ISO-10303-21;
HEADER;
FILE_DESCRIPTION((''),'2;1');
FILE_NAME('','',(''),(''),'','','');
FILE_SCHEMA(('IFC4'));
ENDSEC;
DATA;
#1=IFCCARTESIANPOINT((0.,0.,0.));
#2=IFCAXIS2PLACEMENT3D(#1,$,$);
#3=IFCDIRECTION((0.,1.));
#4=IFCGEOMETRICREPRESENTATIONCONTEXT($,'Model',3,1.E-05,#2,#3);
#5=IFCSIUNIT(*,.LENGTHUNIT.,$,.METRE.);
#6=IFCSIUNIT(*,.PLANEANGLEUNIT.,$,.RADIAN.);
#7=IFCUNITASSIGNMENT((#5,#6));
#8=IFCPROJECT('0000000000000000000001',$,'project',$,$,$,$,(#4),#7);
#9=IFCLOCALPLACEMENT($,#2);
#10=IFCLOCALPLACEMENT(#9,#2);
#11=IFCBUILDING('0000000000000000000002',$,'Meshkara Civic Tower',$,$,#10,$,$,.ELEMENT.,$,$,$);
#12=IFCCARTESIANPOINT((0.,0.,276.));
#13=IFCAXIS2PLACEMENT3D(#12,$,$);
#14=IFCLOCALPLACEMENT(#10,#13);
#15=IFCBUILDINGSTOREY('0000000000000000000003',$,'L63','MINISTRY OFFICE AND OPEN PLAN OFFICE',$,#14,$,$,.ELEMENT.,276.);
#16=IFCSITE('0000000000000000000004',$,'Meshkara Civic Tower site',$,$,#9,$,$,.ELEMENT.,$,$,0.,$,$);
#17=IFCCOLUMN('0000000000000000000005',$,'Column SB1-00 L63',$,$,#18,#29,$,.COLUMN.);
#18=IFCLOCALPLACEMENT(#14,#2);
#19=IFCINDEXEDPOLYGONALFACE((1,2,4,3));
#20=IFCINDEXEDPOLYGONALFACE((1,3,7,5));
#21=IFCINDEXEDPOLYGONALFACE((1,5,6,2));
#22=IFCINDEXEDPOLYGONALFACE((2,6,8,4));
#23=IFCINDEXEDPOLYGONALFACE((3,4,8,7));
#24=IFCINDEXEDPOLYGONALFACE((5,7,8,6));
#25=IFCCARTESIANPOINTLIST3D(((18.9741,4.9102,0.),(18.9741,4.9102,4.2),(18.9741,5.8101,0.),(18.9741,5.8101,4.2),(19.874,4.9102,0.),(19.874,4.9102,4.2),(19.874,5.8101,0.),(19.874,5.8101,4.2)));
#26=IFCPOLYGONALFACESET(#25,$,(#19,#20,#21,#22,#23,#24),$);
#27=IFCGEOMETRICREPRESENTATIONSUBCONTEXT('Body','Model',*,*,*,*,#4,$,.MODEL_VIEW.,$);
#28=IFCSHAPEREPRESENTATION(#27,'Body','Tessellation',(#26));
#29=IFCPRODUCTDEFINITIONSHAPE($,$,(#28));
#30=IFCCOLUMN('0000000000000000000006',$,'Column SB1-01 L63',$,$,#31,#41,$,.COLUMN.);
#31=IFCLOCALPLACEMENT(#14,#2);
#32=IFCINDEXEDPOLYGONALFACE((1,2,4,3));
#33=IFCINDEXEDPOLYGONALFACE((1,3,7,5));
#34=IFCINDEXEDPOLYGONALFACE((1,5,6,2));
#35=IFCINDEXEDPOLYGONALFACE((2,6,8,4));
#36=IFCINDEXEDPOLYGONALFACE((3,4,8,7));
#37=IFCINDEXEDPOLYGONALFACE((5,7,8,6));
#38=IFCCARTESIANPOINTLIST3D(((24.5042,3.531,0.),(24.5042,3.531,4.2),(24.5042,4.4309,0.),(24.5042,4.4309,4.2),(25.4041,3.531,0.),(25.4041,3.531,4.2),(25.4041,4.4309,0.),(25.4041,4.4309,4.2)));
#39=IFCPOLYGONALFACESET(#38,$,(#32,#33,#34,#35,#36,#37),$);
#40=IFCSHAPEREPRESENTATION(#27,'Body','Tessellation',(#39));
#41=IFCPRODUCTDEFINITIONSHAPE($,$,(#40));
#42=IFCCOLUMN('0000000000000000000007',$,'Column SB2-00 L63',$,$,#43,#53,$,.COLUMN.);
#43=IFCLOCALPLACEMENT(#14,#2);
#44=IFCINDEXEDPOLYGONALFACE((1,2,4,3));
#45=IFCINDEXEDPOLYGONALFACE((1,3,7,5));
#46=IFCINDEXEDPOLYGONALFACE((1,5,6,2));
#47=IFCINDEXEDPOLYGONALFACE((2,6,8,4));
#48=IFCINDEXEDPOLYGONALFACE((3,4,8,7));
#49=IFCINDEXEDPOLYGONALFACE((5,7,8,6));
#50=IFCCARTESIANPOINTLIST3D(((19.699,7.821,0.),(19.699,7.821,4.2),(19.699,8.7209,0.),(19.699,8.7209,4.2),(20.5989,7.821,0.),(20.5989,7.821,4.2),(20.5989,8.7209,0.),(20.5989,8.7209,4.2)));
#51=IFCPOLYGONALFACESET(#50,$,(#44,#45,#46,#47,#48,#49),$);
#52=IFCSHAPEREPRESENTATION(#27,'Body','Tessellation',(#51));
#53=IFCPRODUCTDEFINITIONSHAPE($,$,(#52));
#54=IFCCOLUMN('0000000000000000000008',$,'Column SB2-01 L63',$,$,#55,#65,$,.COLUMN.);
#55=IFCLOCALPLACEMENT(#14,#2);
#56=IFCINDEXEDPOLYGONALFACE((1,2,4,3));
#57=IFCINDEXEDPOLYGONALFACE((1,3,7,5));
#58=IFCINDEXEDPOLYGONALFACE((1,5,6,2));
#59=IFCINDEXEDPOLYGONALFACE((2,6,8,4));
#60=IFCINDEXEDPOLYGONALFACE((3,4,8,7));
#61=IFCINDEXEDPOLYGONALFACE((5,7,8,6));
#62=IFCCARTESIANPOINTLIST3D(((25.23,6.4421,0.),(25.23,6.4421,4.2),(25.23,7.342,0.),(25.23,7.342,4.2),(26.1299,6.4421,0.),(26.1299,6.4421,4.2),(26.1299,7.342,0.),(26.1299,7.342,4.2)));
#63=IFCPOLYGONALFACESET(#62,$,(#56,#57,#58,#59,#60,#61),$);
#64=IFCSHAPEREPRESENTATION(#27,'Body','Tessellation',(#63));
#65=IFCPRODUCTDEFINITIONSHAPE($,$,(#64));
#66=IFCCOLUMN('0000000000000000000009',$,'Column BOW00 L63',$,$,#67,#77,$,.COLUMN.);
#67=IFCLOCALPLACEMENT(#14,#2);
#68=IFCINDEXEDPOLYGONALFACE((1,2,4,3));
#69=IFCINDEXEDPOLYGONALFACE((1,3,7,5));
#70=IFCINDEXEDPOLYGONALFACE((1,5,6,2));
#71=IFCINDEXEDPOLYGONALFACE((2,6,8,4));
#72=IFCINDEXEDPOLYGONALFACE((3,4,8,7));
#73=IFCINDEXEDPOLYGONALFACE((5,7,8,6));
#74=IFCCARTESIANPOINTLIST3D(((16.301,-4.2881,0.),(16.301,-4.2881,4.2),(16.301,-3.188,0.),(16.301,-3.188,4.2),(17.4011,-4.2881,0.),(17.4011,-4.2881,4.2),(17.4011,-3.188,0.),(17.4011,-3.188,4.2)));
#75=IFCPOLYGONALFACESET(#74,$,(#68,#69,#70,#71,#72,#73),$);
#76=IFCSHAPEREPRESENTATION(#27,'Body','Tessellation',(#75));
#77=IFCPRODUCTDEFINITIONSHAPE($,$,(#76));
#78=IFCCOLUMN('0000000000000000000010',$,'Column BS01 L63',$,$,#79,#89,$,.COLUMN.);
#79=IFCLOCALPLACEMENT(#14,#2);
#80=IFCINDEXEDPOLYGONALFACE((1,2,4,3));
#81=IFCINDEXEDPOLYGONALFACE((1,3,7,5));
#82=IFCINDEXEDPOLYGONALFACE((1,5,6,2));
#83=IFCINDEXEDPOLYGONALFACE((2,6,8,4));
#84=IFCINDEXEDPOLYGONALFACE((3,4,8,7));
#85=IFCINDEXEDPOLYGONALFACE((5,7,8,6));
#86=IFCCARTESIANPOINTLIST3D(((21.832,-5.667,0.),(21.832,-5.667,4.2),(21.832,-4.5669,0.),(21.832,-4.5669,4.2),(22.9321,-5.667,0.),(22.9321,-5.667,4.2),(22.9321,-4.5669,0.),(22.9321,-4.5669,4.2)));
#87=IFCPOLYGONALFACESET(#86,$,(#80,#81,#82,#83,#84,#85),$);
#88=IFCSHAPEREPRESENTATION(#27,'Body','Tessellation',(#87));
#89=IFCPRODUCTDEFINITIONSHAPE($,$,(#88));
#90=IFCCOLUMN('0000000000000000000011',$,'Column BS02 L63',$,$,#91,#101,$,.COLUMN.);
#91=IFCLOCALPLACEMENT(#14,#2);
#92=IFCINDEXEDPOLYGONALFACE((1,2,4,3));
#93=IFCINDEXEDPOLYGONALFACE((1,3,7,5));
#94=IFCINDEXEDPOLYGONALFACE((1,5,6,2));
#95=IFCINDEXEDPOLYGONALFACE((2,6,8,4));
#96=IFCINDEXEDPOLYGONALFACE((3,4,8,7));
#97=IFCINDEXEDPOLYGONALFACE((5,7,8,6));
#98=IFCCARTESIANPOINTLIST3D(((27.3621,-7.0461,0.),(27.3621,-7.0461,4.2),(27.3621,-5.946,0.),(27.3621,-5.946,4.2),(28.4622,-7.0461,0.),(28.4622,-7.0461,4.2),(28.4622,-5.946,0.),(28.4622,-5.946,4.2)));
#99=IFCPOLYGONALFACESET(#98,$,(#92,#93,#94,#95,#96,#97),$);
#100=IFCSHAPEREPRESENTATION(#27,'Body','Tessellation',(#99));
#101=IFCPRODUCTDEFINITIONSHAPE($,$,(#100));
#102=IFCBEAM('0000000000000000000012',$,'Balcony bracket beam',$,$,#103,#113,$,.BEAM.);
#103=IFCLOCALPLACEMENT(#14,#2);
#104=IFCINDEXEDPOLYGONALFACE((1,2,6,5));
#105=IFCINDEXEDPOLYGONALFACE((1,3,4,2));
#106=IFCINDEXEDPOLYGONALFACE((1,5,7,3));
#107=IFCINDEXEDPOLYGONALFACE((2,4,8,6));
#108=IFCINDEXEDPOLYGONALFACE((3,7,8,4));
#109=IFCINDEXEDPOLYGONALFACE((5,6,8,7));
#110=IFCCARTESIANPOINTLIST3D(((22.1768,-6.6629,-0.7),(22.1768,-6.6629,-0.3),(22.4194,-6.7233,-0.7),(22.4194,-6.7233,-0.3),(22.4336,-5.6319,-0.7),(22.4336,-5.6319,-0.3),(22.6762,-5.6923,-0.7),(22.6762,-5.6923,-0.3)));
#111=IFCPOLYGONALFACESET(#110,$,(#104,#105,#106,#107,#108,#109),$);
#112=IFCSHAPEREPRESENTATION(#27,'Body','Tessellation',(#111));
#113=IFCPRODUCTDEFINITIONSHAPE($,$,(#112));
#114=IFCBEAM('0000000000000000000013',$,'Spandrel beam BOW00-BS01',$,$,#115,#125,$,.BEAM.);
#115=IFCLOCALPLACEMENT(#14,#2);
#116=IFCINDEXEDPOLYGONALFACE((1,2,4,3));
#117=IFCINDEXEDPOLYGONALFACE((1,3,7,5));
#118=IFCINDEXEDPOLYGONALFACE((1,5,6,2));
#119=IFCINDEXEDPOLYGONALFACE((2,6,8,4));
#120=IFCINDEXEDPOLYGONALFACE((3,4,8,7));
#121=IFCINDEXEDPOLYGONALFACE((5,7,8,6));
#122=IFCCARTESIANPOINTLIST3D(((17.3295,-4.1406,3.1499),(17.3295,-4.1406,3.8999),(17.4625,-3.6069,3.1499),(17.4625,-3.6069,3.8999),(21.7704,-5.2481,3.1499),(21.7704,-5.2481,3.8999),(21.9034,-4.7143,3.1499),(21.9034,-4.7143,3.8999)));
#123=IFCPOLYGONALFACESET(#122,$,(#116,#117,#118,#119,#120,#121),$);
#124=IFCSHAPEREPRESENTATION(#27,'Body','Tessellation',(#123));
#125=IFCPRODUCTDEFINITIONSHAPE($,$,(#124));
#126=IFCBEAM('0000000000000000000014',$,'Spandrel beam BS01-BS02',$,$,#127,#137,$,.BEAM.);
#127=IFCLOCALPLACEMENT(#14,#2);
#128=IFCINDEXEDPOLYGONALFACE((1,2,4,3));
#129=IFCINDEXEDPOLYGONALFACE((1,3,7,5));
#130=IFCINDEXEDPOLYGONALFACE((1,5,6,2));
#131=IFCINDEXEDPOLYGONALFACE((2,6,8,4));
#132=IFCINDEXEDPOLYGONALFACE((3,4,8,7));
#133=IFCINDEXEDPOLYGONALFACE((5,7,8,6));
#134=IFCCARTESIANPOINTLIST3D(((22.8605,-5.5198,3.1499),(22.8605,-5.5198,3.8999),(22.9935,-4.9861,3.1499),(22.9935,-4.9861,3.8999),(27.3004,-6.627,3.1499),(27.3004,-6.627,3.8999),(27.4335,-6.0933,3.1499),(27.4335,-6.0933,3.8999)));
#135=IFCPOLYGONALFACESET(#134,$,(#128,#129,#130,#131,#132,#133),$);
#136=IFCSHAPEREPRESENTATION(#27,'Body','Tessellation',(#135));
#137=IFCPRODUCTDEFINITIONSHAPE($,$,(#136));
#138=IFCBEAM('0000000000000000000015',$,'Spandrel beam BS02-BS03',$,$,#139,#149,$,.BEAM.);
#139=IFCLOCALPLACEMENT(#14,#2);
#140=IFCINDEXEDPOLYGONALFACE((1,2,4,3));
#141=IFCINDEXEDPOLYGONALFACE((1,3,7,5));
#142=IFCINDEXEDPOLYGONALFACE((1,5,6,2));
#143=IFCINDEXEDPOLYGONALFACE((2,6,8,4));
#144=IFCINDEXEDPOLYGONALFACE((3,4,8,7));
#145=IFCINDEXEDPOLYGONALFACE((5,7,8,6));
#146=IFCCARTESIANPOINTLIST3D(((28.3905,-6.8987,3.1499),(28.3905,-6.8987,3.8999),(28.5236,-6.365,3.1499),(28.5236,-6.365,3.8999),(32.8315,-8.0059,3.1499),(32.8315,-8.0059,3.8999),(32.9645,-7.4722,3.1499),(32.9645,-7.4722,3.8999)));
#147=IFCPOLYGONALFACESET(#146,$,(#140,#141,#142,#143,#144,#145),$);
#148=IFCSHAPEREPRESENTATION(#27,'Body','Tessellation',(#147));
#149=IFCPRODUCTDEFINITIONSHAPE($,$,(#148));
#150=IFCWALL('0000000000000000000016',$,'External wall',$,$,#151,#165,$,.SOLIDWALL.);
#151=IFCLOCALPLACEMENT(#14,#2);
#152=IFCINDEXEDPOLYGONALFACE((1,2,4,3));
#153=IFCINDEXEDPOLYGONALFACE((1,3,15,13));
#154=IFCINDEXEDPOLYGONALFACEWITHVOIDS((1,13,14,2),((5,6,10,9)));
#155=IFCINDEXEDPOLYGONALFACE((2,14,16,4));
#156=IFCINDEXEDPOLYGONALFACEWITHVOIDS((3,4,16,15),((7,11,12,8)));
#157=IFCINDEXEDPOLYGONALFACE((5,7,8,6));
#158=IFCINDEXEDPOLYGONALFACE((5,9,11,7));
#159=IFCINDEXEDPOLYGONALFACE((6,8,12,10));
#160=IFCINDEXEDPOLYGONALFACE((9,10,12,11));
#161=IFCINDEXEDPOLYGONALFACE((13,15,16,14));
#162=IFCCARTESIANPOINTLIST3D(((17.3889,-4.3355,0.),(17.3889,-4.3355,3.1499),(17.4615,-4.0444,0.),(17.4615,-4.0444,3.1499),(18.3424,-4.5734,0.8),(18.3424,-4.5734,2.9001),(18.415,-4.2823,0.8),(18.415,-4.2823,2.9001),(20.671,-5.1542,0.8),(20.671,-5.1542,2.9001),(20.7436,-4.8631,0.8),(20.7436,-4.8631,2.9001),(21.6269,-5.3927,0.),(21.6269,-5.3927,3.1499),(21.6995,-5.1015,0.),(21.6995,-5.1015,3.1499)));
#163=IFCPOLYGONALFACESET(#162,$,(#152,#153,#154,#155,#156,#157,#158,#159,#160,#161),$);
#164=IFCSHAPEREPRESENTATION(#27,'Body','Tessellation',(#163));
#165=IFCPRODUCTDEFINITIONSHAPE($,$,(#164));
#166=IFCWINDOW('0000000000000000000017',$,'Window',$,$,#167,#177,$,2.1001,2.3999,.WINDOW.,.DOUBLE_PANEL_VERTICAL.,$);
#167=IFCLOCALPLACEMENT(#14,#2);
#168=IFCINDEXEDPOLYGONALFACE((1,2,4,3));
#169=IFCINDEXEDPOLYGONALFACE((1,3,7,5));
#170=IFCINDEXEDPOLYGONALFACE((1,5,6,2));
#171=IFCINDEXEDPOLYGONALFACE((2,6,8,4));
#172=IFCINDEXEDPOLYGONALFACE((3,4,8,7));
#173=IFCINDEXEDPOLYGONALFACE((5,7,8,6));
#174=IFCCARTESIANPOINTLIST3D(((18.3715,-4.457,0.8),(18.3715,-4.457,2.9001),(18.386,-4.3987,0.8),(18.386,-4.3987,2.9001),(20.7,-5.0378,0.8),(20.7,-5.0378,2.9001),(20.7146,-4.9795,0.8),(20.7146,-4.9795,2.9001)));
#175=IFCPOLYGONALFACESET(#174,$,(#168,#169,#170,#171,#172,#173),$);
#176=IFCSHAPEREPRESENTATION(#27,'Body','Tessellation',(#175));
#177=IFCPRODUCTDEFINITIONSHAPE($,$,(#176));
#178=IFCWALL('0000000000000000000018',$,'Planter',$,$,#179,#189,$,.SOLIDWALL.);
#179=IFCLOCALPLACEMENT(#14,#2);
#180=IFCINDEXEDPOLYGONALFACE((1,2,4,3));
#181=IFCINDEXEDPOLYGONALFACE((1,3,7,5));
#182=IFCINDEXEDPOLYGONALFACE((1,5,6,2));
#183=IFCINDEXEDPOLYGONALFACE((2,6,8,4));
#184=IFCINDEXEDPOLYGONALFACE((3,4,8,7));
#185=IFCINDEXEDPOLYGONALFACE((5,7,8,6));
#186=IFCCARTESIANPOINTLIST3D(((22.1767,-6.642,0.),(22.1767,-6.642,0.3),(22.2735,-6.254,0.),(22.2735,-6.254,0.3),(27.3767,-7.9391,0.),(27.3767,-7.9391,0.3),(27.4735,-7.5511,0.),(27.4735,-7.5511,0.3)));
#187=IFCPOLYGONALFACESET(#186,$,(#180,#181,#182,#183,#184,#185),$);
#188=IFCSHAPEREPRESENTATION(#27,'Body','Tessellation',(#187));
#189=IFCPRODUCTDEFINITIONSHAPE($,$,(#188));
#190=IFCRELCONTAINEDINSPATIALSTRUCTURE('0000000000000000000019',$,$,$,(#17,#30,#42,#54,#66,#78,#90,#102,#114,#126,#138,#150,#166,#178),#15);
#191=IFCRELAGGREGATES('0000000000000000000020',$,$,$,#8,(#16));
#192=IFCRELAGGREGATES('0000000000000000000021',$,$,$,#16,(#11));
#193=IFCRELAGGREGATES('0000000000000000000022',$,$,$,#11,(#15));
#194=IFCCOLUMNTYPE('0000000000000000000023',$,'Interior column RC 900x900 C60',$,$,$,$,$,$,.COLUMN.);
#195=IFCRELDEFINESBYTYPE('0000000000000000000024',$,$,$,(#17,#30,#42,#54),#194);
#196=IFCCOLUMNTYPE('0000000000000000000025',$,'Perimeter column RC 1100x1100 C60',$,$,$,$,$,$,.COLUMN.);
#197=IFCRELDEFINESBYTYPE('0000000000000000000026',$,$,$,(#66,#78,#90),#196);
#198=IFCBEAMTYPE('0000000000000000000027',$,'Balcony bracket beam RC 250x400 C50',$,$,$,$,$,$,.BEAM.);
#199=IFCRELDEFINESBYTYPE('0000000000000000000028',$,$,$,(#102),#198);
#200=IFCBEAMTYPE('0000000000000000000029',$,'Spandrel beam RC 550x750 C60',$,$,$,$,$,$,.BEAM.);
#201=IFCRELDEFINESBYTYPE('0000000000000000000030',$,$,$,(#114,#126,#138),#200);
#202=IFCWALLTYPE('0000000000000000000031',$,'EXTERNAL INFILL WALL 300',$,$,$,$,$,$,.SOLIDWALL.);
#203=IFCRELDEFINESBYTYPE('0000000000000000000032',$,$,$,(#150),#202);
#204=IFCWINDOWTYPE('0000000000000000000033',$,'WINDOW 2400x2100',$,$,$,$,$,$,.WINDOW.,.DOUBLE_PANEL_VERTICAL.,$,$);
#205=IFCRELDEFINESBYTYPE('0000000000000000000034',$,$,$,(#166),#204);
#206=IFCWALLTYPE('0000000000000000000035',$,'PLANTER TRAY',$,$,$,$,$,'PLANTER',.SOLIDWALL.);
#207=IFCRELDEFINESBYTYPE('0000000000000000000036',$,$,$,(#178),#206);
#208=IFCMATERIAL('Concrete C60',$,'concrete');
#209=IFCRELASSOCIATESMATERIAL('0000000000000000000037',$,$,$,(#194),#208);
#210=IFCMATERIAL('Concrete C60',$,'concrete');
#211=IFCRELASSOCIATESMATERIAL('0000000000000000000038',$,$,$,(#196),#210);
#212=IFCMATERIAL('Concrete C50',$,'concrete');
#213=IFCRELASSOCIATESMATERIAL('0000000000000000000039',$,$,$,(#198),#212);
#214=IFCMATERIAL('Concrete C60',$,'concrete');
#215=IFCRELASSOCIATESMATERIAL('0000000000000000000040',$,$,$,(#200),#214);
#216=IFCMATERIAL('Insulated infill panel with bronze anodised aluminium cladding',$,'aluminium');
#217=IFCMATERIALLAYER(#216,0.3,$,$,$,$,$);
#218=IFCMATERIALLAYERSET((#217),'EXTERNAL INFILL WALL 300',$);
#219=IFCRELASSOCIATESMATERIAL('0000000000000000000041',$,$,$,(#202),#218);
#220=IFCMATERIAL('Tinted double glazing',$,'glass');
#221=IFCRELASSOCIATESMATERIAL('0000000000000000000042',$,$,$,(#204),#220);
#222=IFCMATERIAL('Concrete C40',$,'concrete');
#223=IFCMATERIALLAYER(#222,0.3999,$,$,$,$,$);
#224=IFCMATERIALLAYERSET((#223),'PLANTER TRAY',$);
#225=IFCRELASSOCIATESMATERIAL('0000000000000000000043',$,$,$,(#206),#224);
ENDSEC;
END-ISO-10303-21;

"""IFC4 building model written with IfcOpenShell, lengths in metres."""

from ifc_helpers import new_model, si_unit, direction, frame, frame_2d, origin, origin_2d, place, context, subcontext, project, spatial, rectangle, extrude, material, layer, layer_set, material_profile, profile_set, type_object, element, fill, save


model = new_model("IFC4")

# Units and contexts
model_context = context("Model", 3, precision=1e-05, world=origin(), true_north=direction((0.0, 1.0)))
body_context = subcontext(model_context, "Body", "Model", "MODEL_VIEW")
ifc_project = project(units=[si_unit("LENGTHUNIT", "METRE"), si_unit("PLANEANGLEUNIT", "RADIAN")], contexts=[model_context])

# Site, building, storey
site_placement = place(None, origin())
site = spatial("IfcSite", under=ifc_project, at=site_placement, Name="Meshkara Civic Tower site", CompositionType="ELEMENT", RefElevation=0.0)
building_placement = place(site_placement, origin())
building = spatial("IfcBuilding", under=site, at=building_placement, Name="Meshkara Civic Tower", CompositionType="ELEMENT")
storey_placement = place(building_placement, frame((0.0, 0.0, 276.0)))
storey = spatial("IfcBuildingStorey", under=building, at=storey_placement, Name="L63", Description="MINISTRY OFFICE AND OPEN PLAN OFFICE", CompositionType="ELEMENT", Elevation=276.0)

# Columns
ifc_material_1 = material(Name="Concrete C60", Category="concrete")
ifc_material_profile_1 = material_profile(ifc_material_1, rectangle(XDim=0.8999, YDim=0.8999, at=origin_2d()))
ifc_profile_set_1 = profile_set([ifc_material_profile_1], Name="Concrete C60")
column_type_1 = type_object("IfcColumnType", Name="Interior column RC 900x900 C60", PredefinedType="COLUMN", material=ifc_profile_set_1)
for number, where, z_axis, x_axis, name in (
    (1, (19.4241, 5.3601, 0.0), (0.0, 0.0, 1.0), (1.0, 0.0, 0.0), "Column SB1-00 L63"),
    (2, (24.9541, 3.981, 0.0), (0.0, 0.0, 1.0), (1.0, 0.0, 0.0), "Column SB1-01 L63"),
    (3, (20.1489, 8.271, 0.0), (0.0, 0.0, 1.0), (1.0, 0.0, 0.0), "Column SB2-00 L63"),
    (4, (25.6799, 6.8921, 0.0), (0.0, 0.0, 1.0), (1.0, 0.0, 0.0), "Column SB2-01 L63"),
):
    element("IfcColumn", number, at=place(storey_placement, frame(where, z_axis=z_axis, x_axis=x_axis)), inside=storey, type_object=column_type_1, Name=name, PredefinedType="COLUMN", context=body_context, shape_type="SweptSolid", body=[
        extrude(rectangle(XDim=0.8999, YDim=0.8999, at=origin_2d()), origin(), (0.0, 0.0, 1.0), 4.2),
    ])
ifc_material_2 = material(Name="Concrete C60", Category="concrete")
ifc_material_profile_2 = material_profile(ifc_material_2, rectangle(XDim=1.1001, YDim=1.1001, at=origin_2d()))
ifc_profile_set_2 = profile_set([ifc_material_profile_2], Name="Concrete C60")
column_type_2 = type_object("IfcColumnType", Name="Perimeter column RC 1100x1100 C60", PredefinedType="COLUMN", material=ifc_profile_set_2)
for number, where, z_axis, x_axis, name in (
    (5, (16.8511, -3.738, 0.0), (0.0, 0.0, 1.0), (1.0, 0.0, 0.0), "Column BOW00 L63"),
    (6, (22.3821, -5.1169, 0.0), (0.0, 0.0, 1.0), (1.0, 0.0, 0.0), "Column BS01 L63"),
    (7, (27.9121, -6.4961, 0.0), (0.0, 0.0, 1.0), (1.0, 0.0, 0.0), "Column BS02 L63"),
):
    element("IfcColumn", number, at=place(storey_placement, frame(where, z_axis=z_axis, x_axis=x_axis)), inside=storey, type_object=column_type_2, Name=name, PredefinedType="COLUMN", context=body_context, shape_type="SweptSolid", body=[
        extrude(rectangle(XDim=1.1001, YDim=1.1001, at=origin_2d()), origin(), (0.0, 0.0, 1.0), 4.2),
    ])

# Beams
ifc_material_3 = material(Name="Concrete C50", Category="concrete")
ifc_material_profile_3 = material_profile(ifc_material_3, rectangle(XDim=0.25, YDim=0.3999, at=origin_2d()))
ifc_profile_set_3 = profile_set([ifc_material_profile_3], Name="Concrete C50")
beam_type_1 = type_object("IfcBeamType", Name="Balcony bracket beam RC 250x400 C50", PredefinedType="BEAM", material=ifc_profile_set_3)
beam_1_placement = place(storey_placement, frame((22.5549, -5.6621, -0.5), z_axis=(-0.241725, -0.970345, 0.0), x_axis=(0.970345, -0.241725, 0.0)))
element("IfcBeam", 8, at=beam_1_placement, inside=storey, type_object=beam_type_1, Name="Balcony bracket beam", PredefinedType="BEAM", context=body_context, shape_type="SweptSolid", body=[
    extrude(rectangle(XDim=0.25, YDim=0.3999, at=origin_2d()), origin(), (0.0, 0.0, 1.0), 1.0625),
])
ifc_material_4 = material(Name="Concrete C60", Category="concrete")
ifc_material_profile_4 = material_profile(ifc_material_4, rectangle(XDim=0.55, YDim=0.75, at=origin_2d()))
ifc_profile_set_4 = profile_set([ifc_material_profile_4], Name="Concrete C60")
beam_type_2 = type_object("IfcBeamType", Name="Spandrel beam RC 550x750 C60", PredefinedType="BEAM", material=ifc_profile_set_4)
beam_2_placement = place(storey_placement, frame((17.396, -3.8738, 3.5249), z_axis=(0.970287, -0.241958, 0.0), x_axis=(0.241958, 0.970287, 0.0)))
element("IfcBeam", 9, at=beam_2_placement, inside=storey, type_object=beam_type_2, Name="Spandrel beam BOW00-BS01", PredefinedType="BEAM", context=body_context, shape_type="SweptSolid", body=[
    extrude(rectangle(XDim=0.55, YDim=0.75, at=origin_2d()), origin(), (0.0, 0.0, 1.0), 4.5769),
])
beam_3_placement = place(storey_placement, frame((22.927, -5.2529, 3.5249), z_axis=(0.970287, -0.241958, 0.0), x_axis=(0.241958, 0.970287, 0.0)))
element("IfcBeam", 10, at=beam_3_placement, inside=storey, type_object=beam_type_2, Name="Spandrel beam BS01-BS02", PredefinedType="BEAM", context=body_context, shape_type="SweptSolid", body=[
    extrude(rectangle(XDim=0.55, YDim=0.75, at=origin_2d()), origin(), (0.0, 0.0, 1.0), 4.5759),
])
beam_4_placement = place(storey_placement, frame((28.457, -6.6318, 3.5249), z_axis=(0.970299, -0.241908, 0.0), x_axis=(0.241908, 0.970299, 0.0)))
element("IfcBeam", 11, at=beam_4_placement, inside=storey, type_object=beam_type_2, Name="Spandrel beam BS02-BS03", PredefinedType="BEAM", context=body_context, shape_type="SweptSolid", body=[
    extrude(rectangle(XDim=0.55, YDim=0.75, at=origin_2d()), origin(), (0.0, 0.0, 1.0), 4.5769),
])

# Wall, opening, window
ifc_material_5 = material(Name="Insulated infill panel with bronze anodised aluminium cladding", Category="aluminium")
ifc_layer_1 = layer(ifc_material_5, 0.3)
ifc_layer_set_1 = layer_set([ifc_layer_1], Name="EXTERNAL INFILL WALL 300")
wall_type_1 = type_object("IfcWallType", Name="EXTERNAL INFILL WALL 300", PredefinedType="SOLIDWALL", material=ifc_layer_set_1)
wall_1_placement = place(storey_placement, frame((17.425, -4.1899, 0.0), z_axis=(0.0, 0.0, 1.0), x_axis=(0.970271, -0.242023, 0.0)))
wall_1 = element("IfcWall", 12, at=wall_1_placement, inside=storey, type_object=wall_type_1, Name="External wall", PredefinedType="SOLIDWALL", context=body_context, shape_type="SweptSolid", body=[
    extrude(rectangle(XDim=4.3679, YDim=0.3, at=frame_2d((2.1841, 0.0))), origin(), (0.0, 0.0, 1.0), 3.1499),
])
opening_1_placement = place(wall_1_placement, frame((0.9829, 0.0, 0.8)))
opening_1 = element("IfcOpeningElement", 13, at=opening_1_placement, cuts=wall_1, PredefinedType="OPENING", context=body_context, shape_type="SweptSolid", body=[
    extrude(rectangle(XDim=2.3999, YDim=2.1001, at=frame_2d((1.2, 1.05))), frame((0.0, 0.1599, 0.0), z_axis=(0.0, -1.0, 0.0), x_axis=(1.0, 0.0, 0.0)), (0.0, 0.0, 1.0), 0.3201),
])
ifc_material_6 = material(Name="Tinted double glazing", Category="glass")
window_type = type_object("IfcWindowType", Name="WINDOW 2400x2100", PartitioningType="DOUBLE_PANEL_VERTICAL", PredefinedType="WINDOW", material=ifc_material_6)
window_placement = place(opening_1_placement, origin())
window = element("IfcWindow", 14, at=window_placement, inside=storey, type_object=window_type, Name="Window", OverallHeight=2.1001, OverallWidth=2.3999, PartitioningType="DOUBLE_PANEL_VERTICAL", PredefinedType="WINDOW", context=body_context, shape_type="SweptSolid", body=[
    extrude(rectangle(XDim=2.3999, YDim=2.1001, at=frame_2d((1.2, 1.05))), frame((0.0, 0.03, 0.0), z_axis=(0.0, -1.0, 0.0), x_axis=(1.0, 0.0, 0.0)), (0.0, 0.0, 1.0), 0.0601),
])
fill(opening_1, window)

# Wall
ifc_material_7 = material(Name="Concrete C40", Category="concrete")
ifc_layer_2 = layer(ifc_material_7, 0.3999)
ifc_layer_set_2 = layer_set([ifc_layer_2], Name="PLANTER TRAY")
wall_type_2 = type_object("IfcWallType", Name="PLANTER TRAY", ElementType="PLANTER", PredefinedType="SOLIDWALL", material=ifc_layer_set_2)
wall_2_placement = place(storey_placement, frame((22.2251, -6.448, 0.0), z_axis=(0.0, 0.0, 1.0), x_axis=(0.970268, -0.242032, 0.0)))
element("IfcWall", 15, at=wall_2_placement, inside=storey, type_object=wall_type_2, Name="Planter", PredefinedType="SOLIDWALL", context=body_context, shape_type="SweptSolid", body=[
    extrude(rectangle(XDim=5.3594, YDim=0.3999, at=frame_2d((2.6797, 0.0))), origin(), (0.0, 0.0, 1.0), 0.3),
])

save(model, "model.ifc")
